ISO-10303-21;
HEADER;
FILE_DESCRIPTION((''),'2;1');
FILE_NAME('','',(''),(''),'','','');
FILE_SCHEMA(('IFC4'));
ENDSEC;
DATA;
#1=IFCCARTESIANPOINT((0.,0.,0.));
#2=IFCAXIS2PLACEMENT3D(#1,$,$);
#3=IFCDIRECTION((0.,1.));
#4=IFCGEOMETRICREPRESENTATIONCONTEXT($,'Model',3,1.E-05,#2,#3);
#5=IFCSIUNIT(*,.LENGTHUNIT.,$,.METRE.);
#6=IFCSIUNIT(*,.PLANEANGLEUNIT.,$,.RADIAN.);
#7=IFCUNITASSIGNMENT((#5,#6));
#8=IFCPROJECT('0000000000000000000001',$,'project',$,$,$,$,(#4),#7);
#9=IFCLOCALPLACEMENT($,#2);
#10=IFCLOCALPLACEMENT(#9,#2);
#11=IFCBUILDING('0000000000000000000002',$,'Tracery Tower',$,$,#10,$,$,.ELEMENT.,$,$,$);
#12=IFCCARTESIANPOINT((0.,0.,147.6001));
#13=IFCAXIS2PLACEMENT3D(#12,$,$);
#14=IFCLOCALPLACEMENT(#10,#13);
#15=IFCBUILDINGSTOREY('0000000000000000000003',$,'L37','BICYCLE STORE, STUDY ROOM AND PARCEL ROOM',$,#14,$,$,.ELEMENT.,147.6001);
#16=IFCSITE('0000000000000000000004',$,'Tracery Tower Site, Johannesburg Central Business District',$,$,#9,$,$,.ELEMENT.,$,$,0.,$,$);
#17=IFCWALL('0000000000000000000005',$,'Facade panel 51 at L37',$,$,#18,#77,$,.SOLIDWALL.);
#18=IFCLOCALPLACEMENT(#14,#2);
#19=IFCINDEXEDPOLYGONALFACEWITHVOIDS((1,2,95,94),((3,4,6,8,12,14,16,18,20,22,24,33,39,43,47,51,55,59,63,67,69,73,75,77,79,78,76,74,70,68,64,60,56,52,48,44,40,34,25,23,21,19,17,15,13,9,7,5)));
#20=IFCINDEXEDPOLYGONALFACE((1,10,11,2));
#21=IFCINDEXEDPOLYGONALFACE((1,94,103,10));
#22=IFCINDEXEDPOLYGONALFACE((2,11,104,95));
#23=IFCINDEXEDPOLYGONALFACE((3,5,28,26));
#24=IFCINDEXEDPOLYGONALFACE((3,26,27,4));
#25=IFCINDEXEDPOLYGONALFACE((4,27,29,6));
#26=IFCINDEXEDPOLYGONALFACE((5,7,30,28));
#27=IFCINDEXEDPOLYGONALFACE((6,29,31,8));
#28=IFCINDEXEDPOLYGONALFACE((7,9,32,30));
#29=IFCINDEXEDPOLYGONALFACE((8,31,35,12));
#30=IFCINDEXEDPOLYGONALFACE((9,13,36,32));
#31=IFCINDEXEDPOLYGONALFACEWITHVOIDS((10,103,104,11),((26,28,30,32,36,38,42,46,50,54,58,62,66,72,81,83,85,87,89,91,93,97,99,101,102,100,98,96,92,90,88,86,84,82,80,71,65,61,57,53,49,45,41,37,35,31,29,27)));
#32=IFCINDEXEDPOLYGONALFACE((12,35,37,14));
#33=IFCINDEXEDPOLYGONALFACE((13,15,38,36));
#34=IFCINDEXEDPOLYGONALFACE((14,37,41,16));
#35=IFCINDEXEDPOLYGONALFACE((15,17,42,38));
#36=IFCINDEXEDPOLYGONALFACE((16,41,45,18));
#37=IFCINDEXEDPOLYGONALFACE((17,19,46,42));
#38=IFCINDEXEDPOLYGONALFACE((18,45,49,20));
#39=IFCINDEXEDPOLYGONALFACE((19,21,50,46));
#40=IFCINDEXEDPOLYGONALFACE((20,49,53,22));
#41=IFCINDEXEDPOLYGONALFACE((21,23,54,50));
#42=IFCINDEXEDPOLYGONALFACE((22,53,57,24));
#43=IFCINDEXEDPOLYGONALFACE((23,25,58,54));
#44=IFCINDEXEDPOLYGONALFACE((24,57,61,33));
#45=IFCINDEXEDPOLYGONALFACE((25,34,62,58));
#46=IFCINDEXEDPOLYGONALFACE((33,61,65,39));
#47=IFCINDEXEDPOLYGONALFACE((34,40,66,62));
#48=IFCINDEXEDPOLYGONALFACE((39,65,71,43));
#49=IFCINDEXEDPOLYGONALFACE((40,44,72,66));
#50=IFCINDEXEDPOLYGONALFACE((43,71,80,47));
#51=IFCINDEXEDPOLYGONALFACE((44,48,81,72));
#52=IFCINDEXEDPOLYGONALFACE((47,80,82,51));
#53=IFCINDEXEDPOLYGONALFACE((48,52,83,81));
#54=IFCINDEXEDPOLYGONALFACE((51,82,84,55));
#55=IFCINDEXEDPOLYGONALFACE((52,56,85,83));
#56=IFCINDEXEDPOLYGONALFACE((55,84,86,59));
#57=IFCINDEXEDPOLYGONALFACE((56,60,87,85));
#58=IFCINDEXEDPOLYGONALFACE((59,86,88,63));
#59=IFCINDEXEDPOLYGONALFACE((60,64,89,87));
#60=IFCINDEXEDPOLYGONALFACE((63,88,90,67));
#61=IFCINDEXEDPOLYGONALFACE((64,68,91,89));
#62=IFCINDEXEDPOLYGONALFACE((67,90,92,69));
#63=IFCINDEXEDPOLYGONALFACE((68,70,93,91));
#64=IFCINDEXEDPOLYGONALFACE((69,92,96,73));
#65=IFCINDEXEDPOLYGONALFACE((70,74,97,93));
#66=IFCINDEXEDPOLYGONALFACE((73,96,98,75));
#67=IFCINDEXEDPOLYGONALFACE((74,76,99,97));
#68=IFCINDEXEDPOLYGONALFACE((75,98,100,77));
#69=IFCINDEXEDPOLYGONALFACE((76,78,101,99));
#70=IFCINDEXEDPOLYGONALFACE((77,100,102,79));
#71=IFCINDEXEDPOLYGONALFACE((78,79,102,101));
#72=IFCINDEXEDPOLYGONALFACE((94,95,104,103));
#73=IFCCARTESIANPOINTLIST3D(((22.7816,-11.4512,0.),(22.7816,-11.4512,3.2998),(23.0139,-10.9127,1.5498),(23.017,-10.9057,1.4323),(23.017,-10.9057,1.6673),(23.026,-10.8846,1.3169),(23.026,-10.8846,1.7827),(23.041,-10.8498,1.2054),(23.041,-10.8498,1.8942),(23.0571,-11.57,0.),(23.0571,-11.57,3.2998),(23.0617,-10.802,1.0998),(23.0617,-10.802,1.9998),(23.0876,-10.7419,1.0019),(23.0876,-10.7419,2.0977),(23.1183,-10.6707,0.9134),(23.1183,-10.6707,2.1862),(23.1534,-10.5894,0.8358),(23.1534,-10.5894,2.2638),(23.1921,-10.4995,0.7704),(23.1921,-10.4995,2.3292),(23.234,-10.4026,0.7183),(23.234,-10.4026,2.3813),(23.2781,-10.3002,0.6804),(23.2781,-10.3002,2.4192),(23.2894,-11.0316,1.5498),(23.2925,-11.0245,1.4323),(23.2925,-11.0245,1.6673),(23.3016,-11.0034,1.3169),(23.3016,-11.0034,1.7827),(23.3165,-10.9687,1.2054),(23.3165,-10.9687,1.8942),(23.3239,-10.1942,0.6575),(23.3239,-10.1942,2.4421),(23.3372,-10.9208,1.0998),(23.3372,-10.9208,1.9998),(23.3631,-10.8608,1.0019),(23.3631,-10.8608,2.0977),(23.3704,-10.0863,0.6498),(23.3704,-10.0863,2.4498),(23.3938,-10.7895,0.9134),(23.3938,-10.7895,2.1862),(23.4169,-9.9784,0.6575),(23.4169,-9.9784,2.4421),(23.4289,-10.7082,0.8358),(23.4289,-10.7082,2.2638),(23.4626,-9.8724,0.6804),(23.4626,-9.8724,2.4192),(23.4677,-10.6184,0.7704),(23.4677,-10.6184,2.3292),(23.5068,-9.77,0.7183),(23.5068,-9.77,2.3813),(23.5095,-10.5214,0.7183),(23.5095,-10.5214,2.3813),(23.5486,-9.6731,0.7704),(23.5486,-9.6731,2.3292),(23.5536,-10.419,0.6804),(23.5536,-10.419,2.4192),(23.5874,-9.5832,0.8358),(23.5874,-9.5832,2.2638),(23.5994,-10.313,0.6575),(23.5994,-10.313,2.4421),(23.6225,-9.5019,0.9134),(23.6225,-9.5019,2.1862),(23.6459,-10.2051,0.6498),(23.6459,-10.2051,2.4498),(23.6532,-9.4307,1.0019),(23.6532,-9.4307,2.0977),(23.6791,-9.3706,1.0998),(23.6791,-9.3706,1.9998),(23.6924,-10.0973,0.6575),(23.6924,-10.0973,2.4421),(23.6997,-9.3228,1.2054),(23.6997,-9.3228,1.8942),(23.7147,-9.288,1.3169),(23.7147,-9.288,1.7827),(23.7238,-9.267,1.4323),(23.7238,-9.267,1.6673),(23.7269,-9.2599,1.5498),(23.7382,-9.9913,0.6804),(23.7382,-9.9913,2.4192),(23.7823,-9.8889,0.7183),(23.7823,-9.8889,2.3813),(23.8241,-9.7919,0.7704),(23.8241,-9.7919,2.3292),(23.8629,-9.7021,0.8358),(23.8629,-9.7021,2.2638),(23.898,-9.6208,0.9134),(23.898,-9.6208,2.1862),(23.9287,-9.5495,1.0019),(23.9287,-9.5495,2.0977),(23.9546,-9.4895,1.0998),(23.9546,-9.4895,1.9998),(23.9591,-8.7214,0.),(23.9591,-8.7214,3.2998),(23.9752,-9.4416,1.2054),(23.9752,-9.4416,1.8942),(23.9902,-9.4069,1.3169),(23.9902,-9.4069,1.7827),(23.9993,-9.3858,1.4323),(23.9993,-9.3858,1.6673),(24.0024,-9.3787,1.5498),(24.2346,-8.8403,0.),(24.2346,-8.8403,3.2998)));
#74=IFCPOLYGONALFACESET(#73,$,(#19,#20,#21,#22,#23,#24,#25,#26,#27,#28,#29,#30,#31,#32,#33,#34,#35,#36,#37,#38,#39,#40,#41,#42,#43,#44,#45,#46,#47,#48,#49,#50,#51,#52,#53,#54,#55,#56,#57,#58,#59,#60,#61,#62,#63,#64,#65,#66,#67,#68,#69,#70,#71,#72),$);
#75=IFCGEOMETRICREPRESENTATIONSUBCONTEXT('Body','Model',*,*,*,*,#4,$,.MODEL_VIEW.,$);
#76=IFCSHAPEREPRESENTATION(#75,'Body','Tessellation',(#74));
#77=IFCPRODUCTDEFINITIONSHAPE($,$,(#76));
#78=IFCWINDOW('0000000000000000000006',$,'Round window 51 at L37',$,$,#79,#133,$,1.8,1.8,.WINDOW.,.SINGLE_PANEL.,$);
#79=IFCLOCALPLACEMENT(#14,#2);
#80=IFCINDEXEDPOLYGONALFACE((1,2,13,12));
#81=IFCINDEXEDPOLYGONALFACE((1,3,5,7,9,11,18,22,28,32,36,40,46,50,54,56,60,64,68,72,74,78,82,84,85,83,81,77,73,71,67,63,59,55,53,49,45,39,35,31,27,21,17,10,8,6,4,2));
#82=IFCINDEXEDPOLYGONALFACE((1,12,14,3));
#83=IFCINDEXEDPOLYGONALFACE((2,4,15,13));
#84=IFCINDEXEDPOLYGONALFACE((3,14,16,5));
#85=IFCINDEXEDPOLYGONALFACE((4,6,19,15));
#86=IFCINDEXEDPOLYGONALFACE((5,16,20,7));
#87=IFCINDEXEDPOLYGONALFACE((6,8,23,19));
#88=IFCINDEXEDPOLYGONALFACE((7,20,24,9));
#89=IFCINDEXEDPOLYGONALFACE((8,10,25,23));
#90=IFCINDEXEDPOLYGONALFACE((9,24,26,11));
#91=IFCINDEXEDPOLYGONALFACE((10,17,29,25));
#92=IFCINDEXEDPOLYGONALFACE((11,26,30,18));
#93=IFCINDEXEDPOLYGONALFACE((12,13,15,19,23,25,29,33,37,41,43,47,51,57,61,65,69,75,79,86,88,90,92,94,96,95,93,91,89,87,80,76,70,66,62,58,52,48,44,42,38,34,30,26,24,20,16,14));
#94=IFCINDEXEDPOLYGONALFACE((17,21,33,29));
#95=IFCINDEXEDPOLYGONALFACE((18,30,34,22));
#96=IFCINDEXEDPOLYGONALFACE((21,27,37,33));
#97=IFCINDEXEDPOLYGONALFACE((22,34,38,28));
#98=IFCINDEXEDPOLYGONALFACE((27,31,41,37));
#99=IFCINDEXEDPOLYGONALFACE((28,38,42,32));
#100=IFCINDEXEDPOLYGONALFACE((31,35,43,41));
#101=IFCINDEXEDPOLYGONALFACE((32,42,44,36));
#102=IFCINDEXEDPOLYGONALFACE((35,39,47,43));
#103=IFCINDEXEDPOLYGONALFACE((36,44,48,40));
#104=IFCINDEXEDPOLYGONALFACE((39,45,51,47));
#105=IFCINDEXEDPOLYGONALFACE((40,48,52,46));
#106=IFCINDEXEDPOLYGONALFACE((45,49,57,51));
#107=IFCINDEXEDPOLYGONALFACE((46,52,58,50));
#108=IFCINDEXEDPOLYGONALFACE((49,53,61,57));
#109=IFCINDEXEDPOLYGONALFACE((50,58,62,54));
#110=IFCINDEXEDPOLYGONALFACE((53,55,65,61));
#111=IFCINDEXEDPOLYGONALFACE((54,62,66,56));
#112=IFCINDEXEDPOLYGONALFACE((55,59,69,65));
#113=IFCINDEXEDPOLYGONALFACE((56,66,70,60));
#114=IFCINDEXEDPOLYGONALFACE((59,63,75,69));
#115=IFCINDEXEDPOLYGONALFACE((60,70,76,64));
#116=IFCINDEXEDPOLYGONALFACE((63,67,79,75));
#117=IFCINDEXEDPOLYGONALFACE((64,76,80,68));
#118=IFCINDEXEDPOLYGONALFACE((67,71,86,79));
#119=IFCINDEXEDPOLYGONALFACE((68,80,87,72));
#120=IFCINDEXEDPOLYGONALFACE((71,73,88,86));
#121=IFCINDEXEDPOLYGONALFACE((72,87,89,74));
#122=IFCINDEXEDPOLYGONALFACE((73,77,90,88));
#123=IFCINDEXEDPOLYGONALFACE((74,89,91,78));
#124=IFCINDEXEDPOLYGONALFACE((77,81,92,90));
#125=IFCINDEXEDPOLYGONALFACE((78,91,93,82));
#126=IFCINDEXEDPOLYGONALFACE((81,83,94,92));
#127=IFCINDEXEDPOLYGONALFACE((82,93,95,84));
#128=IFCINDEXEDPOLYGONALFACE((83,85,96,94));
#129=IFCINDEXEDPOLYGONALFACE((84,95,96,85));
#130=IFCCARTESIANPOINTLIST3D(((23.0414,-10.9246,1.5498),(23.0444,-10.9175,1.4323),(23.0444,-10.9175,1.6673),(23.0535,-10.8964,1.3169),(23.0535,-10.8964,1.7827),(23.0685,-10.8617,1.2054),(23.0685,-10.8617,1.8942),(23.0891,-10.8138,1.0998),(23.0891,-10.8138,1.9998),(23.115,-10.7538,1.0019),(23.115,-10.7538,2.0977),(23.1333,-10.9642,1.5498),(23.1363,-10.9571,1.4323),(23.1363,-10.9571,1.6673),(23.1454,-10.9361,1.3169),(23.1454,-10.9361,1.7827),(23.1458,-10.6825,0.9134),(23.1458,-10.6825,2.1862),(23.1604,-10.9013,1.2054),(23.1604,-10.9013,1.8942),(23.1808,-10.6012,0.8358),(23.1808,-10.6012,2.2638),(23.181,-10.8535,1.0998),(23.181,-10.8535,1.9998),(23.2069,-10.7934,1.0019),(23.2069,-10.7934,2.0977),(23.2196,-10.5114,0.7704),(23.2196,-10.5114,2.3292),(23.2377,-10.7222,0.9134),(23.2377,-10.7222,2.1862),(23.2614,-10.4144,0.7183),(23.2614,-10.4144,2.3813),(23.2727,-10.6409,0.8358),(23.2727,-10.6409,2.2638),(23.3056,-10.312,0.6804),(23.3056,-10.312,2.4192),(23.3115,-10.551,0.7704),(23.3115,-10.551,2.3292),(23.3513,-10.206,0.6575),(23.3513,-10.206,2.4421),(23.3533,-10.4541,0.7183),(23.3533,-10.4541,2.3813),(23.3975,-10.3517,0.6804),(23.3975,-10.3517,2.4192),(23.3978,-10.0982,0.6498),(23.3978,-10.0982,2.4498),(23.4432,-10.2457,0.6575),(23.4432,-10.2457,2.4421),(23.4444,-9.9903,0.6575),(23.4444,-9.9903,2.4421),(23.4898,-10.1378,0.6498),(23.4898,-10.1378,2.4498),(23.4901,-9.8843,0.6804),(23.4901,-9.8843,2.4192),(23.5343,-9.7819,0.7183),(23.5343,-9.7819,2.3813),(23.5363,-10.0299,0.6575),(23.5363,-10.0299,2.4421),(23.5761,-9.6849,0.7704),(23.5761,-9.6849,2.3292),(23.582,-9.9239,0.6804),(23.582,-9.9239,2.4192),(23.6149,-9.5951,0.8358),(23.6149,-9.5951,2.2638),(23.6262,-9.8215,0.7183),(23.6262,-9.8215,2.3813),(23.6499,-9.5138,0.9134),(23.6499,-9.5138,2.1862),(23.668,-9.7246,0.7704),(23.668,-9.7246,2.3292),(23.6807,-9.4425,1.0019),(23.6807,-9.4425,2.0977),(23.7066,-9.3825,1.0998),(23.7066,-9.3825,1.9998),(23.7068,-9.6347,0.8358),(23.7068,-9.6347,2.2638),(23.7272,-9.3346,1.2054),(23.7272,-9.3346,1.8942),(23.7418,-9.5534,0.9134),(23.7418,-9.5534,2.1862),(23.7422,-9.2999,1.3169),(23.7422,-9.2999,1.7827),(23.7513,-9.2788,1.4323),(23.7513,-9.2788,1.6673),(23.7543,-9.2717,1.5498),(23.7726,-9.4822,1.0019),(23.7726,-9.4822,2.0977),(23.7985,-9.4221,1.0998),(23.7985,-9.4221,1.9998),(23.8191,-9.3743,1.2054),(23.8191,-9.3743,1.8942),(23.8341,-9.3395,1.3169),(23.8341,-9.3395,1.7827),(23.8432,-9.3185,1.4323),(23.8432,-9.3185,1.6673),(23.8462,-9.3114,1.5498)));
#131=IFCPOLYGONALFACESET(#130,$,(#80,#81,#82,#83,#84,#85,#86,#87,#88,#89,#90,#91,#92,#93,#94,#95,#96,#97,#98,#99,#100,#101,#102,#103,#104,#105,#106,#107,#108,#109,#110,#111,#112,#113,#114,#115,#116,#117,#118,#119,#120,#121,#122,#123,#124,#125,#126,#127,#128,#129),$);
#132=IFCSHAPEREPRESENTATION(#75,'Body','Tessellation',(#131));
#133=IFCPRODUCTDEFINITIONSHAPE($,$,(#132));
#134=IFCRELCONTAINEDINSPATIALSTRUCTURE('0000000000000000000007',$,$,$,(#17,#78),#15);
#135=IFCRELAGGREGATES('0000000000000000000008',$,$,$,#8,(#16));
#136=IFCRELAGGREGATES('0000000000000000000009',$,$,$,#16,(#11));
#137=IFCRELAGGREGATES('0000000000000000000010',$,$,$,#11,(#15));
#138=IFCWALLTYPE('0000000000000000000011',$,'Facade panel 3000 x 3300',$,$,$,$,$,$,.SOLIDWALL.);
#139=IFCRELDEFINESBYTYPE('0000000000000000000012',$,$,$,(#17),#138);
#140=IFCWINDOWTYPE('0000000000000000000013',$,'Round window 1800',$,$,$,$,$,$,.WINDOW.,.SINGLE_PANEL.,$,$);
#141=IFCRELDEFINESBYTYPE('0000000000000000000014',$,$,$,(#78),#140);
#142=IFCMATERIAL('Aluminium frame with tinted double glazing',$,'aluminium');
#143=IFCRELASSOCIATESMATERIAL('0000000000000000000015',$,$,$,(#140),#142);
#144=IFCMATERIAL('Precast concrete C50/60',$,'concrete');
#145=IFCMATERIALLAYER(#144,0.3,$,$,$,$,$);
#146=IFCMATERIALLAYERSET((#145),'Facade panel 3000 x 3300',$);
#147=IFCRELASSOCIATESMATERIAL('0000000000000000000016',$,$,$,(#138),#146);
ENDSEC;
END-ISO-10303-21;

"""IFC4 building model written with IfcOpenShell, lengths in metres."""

from ifc_helpers import new_model, si_unit, direction, frame, frame_2d, origin, origin_2d, place, context, subcontext, project, spatial, rectangle, circle, extrude, material, layer, layer_set, type_object, element, fill, save


model = new_model("IFC4")

# Units and contexts
model_context = context("Model", 3, precision=1e-05, world=origin(), true_north=direction((0.0, 1.0)))
body_context = subcontext(model_context, "Body", "Model", "MODEL_VIEW")
ifc_project = project(units=[si_unit("LENGTHUNIT", "METRE"), si_unit("PLANEANGLEUNIT", "RADIAN")], contexts=[model_context])

# Site, building, storey
site_placement = place(None, origin())
site = spatial("IfcSite", under=ifc_project, at=site_placement, Name="Tracery Tower Site, Johannesburg Central Business District", CompositionType="ELEMENT", RefElevation=0.0)
building_placement = place(site_placement, origin())
building = spatial("IfcBuilding", under=site, at=building_placement, Name="Tracery Tower", CompositionType="ELEMENT")
storey_placement = place(building_placement, frame((0.0, 0.0, 147.6001)))
storey = spatial("IfcBuildingStorey", under=building, at=storey_placement, Name="L37", Description="BICYCLE STORE, STUDY ROOM AND PARCEL ROOM", CompositionType="ELEMENT", Elevation=147.6001)

# Wall, opening, window
ifc_material_1 = material(Name="Aluminium frame with tinted double glazing", Category="aluminium")
window_type = type_object("IfcWindowType", Name="Round window 1800", PartitioningType="SINGLE_PANEL", PredefinedType="WINDOW", material=ifc_material_1)
ifc_material_2 = material(Name="Precast concrete C50/60", Category="concrete")
ifc_layer_1 = layer(ifc_material_2, 0.3)
ifc_layer_set_1 = layer_set([ifc_layer_1], Name="Facade panel 3000 x 3300")
wall_type_1 = type_object("IfcWallType", Name="Facade panel 3000 x 3300", PredefinedType="SOLIDWALL", material=ifc_layer_set_1)
wall_1_placement = place(storey_placement, frame((22.9194, -11.5105, 0.0), z_axis=(0.0, 0.0, 1.0), x_axis=(0.396079, 0.918216, 0.0)))
wall_1 = element("IfcWall", 1, at=wall_1_placement, inside=storey, type_object=wall_type_1, Name="Facade panel 51 at L37", PredefinedType="SOLIDWALL", context=body_context, shape_type="SweptSolid", body=[
    extrude(rectangle(XDim=2.9729, YDim=0.3, at=frame_2d((1.4863, 0.0))), origin(), (0.0, 0.0, 1.0), 3.2998),
])
opening_1_placement = place(wall_1_placement, frame((1.4863, 0.0, 1.5498)))
opening_1 = element("IfcOpeningElement", 2, at=opening_1_placement, cuts=wall_1, PredefinedType="OPENING", context=body_context, shape_type="SweptSolid", body=[
    extrude(circle(Radius=0.9, at=origin_2d()), frame((0.0, 0.1599, 0.0), z_axis=(0.0, -1.0, 0.0), x_axis=(1.0, 0.0, 0.0)), (0.0, 0.0, 1.0), 0.3201),
])
window_1_placement = place(opening_1_placement, origin())
window_1 = element("IfcWindow", 3, at=window_1_placement, inside=storey, type_object=window_type, Name="Round window 51 at L37", OverallHeight=1.8, OverallWidth=1.8, PartitioningType="SINGLE_PANEL", PredefinedType="WINDOW", context=body_context, shape_type="SweptSolid", body=[
    extrude(circle(Radius=0.9, at=origin_2d()), frame((0.0, 0.1201, 0.0), z_axis=(0.0, -1.0, 0.0), x_axis=(1.0, 0.0, 0.0)), (0.0, 0.0, 1.0), 0.1001),
])
fill(opening_1, window_1)

save(model, "model.ifc")
